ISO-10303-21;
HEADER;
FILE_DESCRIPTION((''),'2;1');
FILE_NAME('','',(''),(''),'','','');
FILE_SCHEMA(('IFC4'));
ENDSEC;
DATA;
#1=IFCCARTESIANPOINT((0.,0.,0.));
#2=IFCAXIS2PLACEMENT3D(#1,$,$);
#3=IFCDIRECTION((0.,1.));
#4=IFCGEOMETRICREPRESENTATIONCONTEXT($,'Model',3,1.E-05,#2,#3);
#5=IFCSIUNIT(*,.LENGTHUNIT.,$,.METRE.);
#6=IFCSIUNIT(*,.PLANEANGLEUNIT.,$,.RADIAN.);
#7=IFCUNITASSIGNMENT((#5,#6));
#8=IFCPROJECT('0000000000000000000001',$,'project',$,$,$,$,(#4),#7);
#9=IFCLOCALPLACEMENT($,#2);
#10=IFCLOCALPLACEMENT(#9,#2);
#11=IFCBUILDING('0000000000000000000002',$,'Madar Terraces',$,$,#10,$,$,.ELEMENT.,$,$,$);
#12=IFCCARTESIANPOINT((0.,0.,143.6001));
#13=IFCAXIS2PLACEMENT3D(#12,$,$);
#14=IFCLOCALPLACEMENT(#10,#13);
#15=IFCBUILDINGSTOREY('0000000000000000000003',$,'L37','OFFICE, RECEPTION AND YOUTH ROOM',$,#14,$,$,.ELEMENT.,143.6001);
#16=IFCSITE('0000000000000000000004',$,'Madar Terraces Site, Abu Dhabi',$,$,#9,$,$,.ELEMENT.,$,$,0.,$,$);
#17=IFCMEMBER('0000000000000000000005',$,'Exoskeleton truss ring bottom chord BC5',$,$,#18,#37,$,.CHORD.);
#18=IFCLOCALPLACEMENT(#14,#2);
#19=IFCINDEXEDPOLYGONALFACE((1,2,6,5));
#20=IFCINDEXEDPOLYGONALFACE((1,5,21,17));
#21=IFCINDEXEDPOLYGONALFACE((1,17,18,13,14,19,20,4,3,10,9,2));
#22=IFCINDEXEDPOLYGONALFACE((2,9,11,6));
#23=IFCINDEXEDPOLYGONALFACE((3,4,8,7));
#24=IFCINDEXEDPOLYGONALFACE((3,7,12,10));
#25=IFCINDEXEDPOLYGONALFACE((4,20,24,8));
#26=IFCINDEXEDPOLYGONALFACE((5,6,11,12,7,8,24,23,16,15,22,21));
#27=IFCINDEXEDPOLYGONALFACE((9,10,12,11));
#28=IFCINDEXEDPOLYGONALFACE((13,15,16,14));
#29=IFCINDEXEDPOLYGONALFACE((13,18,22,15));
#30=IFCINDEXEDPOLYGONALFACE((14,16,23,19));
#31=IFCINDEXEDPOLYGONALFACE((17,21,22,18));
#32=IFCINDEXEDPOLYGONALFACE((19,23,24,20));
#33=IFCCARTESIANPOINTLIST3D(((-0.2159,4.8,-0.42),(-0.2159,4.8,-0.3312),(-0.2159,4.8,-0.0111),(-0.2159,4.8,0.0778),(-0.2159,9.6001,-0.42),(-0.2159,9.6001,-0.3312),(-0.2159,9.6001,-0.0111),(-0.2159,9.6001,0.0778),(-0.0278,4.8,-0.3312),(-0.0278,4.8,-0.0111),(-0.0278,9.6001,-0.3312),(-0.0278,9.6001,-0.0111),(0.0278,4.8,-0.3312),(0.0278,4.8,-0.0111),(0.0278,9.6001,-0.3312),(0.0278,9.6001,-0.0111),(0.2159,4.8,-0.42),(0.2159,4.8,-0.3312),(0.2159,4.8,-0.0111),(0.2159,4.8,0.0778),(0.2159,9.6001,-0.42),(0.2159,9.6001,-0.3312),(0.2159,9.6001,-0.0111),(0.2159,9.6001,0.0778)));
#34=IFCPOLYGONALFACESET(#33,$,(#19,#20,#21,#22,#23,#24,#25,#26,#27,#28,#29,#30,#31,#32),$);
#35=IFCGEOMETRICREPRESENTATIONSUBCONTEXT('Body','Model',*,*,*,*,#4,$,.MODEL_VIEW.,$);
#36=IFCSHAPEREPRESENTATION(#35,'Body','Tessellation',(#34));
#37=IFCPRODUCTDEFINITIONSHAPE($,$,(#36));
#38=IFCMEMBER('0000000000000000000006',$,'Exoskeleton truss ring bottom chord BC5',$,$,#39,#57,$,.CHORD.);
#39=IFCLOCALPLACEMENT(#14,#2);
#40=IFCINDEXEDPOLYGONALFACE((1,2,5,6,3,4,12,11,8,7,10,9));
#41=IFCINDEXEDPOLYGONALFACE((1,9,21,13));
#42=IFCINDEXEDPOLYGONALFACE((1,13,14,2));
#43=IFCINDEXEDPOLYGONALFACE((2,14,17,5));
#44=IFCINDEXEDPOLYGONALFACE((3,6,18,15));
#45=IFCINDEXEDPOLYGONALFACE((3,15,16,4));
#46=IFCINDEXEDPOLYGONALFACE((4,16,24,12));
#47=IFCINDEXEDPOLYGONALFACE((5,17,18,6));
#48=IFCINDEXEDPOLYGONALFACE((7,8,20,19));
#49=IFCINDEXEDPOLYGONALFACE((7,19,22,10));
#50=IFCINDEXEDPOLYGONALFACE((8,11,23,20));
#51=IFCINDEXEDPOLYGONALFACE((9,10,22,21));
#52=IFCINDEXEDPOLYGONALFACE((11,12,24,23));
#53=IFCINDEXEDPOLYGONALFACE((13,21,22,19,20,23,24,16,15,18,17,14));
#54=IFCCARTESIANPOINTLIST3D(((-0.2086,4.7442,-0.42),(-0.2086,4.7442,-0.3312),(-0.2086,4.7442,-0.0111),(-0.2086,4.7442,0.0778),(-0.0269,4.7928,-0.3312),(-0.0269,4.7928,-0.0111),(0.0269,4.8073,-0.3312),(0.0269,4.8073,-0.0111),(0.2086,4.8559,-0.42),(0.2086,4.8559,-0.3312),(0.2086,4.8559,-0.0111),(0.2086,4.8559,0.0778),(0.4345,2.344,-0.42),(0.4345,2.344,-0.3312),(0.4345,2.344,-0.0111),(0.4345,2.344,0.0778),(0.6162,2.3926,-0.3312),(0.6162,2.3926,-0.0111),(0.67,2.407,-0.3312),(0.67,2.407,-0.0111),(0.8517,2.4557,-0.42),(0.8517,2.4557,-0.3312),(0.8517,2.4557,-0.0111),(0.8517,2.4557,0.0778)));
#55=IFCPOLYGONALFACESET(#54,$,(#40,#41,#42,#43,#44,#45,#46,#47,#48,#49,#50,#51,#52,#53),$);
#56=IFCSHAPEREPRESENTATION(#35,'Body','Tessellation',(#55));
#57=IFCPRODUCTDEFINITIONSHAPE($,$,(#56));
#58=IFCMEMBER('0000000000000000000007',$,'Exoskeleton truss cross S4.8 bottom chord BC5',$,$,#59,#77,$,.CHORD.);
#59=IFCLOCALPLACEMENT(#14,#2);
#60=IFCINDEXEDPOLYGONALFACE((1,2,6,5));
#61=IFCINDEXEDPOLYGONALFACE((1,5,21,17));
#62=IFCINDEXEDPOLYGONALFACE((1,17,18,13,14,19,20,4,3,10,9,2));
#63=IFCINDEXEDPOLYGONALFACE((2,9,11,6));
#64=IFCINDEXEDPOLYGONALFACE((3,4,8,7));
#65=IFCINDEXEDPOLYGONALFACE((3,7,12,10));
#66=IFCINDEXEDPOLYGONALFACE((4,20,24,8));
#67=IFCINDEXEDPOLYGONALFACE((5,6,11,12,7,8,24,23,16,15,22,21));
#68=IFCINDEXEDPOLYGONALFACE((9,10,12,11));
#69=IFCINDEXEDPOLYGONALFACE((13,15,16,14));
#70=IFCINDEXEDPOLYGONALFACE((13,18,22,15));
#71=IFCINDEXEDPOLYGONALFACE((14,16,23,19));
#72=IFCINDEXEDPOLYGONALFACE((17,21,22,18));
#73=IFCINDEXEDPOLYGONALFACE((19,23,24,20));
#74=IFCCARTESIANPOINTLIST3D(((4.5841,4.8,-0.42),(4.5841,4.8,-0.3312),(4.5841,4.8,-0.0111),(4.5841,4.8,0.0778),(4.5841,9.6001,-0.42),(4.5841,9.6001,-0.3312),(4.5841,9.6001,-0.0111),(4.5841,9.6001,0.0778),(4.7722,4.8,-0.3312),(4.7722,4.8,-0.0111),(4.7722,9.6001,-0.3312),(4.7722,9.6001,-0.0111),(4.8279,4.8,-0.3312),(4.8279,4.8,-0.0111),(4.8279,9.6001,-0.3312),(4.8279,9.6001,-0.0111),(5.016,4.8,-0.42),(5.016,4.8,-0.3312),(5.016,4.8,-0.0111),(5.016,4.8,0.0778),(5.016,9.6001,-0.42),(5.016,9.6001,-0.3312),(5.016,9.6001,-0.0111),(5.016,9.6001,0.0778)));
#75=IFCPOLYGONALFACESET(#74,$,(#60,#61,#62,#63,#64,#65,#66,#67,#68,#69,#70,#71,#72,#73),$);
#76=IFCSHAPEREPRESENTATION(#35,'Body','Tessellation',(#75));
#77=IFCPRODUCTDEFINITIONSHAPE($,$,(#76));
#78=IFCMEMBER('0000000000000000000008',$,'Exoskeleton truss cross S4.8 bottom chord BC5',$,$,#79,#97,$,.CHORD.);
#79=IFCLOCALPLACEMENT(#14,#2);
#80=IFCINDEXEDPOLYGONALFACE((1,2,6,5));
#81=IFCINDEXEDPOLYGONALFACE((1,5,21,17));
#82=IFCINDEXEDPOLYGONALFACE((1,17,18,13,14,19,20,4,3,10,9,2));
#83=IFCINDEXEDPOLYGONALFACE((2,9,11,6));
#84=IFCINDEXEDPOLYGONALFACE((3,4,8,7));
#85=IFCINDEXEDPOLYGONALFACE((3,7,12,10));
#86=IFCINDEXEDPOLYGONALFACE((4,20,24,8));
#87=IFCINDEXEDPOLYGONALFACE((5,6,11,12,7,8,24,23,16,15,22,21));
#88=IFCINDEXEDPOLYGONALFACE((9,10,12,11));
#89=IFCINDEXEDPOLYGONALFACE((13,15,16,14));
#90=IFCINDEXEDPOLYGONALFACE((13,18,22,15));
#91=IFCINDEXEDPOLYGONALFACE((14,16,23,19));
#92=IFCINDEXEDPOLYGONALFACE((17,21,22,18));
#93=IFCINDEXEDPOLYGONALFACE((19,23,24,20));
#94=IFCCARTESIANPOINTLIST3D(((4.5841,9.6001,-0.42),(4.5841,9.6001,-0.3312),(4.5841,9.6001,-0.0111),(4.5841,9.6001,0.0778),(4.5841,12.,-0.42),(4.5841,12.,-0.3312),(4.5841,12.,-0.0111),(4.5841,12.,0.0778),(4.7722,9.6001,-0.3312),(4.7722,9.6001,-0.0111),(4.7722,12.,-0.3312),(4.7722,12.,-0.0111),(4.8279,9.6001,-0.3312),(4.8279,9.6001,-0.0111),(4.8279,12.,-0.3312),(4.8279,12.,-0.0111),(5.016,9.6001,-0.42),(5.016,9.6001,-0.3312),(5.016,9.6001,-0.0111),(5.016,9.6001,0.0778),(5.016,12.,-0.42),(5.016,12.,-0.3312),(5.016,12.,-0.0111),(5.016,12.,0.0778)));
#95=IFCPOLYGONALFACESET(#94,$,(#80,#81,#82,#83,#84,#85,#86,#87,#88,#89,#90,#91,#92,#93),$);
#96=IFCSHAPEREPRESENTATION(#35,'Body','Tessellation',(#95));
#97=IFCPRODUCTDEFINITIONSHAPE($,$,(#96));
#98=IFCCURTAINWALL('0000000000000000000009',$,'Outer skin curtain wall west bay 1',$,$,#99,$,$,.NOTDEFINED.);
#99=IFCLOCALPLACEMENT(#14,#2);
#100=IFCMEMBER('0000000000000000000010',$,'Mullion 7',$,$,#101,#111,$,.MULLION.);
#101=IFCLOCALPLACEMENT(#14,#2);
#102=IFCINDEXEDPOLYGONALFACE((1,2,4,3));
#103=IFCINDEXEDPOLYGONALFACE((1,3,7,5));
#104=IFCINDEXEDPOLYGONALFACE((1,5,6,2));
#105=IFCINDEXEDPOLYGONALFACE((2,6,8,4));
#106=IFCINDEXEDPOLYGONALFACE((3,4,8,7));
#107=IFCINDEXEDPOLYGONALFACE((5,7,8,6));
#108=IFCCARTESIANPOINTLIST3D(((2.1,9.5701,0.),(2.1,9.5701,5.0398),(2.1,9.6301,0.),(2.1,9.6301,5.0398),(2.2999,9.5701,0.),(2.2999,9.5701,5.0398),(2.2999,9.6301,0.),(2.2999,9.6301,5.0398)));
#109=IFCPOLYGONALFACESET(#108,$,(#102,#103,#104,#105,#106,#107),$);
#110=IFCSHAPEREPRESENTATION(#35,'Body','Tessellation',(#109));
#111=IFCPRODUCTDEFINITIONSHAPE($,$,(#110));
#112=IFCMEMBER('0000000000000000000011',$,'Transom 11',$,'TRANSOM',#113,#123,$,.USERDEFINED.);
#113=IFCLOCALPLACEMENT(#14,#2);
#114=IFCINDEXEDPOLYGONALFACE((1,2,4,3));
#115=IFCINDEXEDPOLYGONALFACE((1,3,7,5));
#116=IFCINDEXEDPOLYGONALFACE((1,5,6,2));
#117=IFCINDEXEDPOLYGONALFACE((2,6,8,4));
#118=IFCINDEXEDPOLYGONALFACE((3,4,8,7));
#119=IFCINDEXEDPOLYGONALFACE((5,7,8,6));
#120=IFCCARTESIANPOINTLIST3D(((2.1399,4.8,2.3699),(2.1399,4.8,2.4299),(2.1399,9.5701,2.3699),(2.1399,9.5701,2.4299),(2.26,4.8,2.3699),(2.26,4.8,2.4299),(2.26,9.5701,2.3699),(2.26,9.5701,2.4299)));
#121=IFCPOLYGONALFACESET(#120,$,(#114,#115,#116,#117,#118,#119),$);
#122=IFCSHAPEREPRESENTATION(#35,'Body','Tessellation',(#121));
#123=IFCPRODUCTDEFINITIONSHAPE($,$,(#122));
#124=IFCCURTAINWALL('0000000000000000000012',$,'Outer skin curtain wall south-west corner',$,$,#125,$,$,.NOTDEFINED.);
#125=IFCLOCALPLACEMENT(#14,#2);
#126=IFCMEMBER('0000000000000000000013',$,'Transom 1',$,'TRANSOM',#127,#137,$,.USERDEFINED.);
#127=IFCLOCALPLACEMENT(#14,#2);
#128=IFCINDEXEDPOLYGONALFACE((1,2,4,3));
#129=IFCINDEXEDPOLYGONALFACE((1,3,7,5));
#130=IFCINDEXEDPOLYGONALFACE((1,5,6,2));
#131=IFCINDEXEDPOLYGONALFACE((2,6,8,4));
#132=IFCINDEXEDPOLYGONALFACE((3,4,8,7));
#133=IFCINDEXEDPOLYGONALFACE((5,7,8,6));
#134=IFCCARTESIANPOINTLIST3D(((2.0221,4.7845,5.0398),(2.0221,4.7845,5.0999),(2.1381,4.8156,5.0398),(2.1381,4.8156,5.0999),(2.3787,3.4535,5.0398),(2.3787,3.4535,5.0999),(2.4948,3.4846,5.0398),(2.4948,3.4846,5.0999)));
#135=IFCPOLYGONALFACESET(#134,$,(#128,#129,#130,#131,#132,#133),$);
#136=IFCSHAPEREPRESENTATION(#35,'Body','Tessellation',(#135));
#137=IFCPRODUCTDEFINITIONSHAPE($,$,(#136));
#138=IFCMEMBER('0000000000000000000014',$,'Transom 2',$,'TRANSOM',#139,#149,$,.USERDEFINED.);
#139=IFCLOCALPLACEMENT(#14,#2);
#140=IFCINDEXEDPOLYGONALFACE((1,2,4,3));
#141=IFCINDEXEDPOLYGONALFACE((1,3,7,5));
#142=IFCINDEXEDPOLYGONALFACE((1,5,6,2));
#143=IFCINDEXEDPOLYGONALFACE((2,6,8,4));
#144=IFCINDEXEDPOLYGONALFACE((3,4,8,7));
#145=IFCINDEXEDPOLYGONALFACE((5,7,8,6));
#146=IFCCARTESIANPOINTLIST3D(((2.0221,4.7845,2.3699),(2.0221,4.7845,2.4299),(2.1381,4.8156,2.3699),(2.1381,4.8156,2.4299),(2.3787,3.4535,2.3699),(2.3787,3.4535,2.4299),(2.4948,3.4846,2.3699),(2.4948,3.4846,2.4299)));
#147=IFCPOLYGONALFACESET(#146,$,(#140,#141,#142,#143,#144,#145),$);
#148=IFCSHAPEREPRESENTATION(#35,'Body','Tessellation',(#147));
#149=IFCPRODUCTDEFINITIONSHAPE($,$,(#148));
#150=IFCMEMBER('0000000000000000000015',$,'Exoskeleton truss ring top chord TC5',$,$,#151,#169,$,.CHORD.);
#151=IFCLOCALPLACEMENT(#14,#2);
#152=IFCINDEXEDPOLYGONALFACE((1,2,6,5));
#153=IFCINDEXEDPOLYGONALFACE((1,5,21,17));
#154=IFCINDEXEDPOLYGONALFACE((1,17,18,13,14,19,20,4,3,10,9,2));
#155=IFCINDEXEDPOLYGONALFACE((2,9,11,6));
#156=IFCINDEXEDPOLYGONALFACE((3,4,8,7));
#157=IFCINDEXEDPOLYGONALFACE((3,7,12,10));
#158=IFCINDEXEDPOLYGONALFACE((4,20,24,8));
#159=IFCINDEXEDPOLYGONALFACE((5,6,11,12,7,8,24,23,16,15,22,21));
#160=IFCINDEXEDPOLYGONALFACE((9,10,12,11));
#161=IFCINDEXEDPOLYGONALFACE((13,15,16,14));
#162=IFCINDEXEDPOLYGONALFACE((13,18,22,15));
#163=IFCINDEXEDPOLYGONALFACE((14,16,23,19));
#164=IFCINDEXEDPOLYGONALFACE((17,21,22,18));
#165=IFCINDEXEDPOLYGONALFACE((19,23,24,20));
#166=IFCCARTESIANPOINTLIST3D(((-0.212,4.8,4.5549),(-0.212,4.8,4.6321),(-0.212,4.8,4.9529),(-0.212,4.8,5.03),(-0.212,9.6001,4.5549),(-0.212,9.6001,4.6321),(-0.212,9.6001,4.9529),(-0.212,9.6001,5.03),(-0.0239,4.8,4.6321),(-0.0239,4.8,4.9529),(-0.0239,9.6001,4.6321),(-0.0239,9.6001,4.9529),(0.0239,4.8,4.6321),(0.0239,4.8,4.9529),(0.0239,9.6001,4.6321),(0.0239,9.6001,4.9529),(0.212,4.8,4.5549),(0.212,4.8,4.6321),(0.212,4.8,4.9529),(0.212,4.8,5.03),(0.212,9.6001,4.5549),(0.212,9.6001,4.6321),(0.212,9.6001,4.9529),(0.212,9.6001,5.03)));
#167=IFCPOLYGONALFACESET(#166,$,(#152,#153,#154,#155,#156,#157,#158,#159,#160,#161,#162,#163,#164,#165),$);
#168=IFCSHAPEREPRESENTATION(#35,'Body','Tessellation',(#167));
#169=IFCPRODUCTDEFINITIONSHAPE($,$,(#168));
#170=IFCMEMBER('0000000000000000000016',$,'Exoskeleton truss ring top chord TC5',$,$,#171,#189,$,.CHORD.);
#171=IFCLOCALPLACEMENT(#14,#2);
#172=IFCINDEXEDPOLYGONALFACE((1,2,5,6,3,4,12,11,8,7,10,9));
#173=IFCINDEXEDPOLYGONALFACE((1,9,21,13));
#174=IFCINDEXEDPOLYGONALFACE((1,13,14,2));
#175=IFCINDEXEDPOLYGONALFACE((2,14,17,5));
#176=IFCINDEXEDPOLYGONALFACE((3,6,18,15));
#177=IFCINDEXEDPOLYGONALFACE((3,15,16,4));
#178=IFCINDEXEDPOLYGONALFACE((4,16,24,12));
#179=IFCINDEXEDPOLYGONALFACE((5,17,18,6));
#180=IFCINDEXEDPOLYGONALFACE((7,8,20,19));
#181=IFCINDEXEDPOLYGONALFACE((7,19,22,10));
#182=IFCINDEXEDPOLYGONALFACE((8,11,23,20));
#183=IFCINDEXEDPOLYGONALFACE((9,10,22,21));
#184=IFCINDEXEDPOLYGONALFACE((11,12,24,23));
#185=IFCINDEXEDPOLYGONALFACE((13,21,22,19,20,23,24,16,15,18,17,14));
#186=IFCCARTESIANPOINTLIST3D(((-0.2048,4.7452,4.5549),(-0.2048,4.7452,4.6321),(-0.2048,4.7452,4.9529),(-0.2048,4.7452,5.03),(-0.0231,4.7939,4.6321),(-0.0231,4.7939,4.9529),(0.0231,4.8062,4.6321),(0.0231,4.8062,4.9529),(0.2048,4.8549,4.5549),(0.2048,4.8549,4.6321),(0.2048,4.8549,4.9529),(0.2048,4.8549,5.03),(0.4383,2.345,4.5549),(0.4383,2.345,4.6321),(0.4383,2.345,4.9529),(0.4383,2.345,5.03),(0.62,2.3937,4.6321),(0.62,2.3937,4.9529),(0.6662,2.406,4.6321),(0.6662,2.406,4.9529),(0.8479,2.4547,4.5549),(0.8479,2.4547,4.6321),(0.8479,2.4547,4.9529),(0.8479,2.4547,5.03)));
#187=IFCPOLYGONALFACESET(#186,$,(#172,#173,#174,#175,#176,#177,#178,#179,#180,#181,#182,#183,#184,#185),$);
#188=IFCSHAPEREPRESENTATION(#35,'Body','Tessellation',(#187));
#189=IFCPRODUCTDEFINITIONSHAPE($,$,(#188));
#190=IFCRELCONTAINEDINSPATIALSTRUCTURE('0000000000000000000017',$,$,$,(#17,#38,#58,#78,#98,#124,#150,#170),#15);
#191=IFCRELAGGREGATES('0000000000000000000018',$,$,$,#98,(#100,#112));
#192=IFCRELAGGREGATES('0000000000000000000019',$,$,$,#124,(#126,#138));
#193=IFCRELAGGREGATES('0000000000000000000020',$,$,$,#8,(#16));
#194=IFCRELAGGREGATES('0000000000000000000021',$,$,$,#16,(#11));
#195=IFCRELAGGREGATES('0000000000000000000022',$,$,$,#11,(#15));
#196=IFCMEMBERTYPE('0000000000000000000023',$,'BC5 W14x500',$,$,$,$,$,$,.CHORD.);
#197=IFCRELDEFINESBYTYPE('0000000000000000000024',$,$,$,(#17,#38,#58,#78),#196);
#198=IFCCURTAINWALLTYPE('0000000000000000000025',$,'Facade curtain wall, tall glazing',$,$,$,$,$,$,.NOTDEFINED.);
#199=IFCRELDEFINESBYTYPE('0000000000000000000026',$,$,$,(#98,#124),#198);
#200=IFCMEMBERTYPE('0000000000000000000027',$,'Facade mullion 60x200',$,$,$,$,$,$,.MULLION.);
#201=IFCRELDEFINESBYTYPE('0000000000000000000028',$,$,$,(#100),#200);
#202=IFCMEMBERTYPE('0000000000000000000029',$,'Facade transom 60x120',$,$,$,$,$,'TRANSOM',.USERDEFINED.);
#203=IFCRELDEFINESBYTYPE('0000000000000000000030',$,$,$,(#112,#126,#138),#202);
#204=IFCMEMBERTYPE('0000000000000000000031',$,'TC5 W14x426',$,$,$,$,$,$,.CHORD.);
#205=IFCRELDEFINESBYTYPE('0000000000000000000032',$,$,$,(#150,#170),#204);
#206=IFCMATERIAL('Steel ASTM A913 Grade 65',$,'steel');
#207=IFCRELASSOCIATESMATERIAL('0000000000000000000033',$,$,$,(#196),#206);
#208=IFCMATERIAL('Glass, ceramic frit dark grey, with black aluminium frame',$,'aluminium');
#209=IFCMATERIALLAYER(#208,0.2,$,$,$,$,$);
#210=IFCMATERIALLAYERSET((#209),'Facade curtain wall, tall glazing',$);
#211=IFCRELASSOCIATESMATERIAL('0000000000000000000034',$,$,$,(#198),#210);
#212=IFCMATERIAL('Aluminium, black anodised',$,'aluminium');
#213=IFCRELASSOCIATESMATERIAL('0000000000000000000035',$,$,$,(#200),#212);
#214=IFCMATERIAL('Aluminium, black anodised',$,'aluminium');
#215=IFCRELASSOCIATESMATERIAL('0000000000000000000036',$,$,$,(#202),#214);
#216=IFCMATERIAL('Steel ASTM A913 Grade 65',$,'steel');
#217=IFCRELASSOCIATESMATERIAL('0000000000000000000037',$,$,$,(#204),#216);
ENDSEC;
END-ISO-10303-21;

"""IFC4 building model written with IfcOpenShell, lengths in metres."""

from ifc_helpers import new_model, si_unit, direction, frame, origin, origin_2d, place, context, subcontext, project, spatial, rectangle, i_section, extrude, material, layer, layer_set, material_profile, profile_set, type_object, element, aggregate, save


model = new_model("IFC4")

# Units and contexts
model_context = context("Model", 3, precision=1e-05, world=origin(), true_north=direction((0.0, 1.0)))
body_context = subcontext(model_context, "Body", "Model", "MODEL_VIEW")
ifc_project = project(units=[si_unit("LENGTHUNIT", "METRE"), si_unit("PLANEANGLEUNIT", "RADIAN")], contexts=[model_context])

# Site, building, storey
site_placement = place(None, origin())
site = spatial("IfcSite", under=ifc_project, at=site_placement, Name="Madar Terraces Site, Abu Dhabi", CompositionType="ELEMENT", RefElevation=0.0)
building_placement = place(site_placement, origin())
building = spatial("IfcBuilding", under=site, at=building_placement, Name="Madar Terraces", CompositionType="ELEMENT")
storey_placement = place(building_placement, frame((0.0, 0.0, 143.6001)))
storey = spatial("IfcBuildingStorey", under=building, at=storey_placement, Name="L37", Description="OFFICE, RECEPTION AND YOUTH ROOM", CompositionType="ELEMENT", Elevation=143.6001)

# Members
ifc_material_1 = material(Name="Steel ASTM A913 Grade 65", Category="steel")
ifc_material_profile_1 = material_profile(ifc_material_1, i_section(OverallWidth=0.4319, OverallDepth=0.4978, WebThickness=0.0557, FlangeThickness=0.0889, at=origin_2d()), Name="W14x500")
ifc_profile_set_1 = profile_set([ifc_material_profile_1], Name="Steel ASTM A913 Grade 65")
member_type_1 = type_object("IfcMemberType", Name="BC5 W14x500", PredefinedType="CHORD", material=ifc_profile_set_1)
member_1_placement = place(storey_placement, frame((0.0, 9.6001, -0.1711), z_axis=(0.0, -1.0, 0.0), x_axis=(1.0, 0.0, 0.0)))
element("IfcMember", 1, at=member_1_placement, inside=storey, type_object=member_type_1, Name="Exoskeleton truss ring bottom chord BC5", PredefinedType="CHORD", context=body_context, shape_type="SweptSolid", body=[
    extrude(i_section(OverallWidth=0.4319, OverallDepth=0.4978, WebThickness=0.0557, FlangeThickness=0.0889, at=origin_2d()), origin(), (0.0, 0.0, 1.0), 4.8),
])
member_2_placement = place(storey_placement, frame((0.0, 4.8, -0.1711), z_axis=(0.2588, -0.965931, 0.0), x_axis=(0.965931, 0.2588, 0.0)))
element("IfcMember", 2, at=member_2_placement, inside=storey, type_object=member_type_1, Name="Exoskeleton truss ring bottom chord BC5", PredefinedType="CHORD", context=body_context, shape_type="SweptSolid", body=[
    extrude(i_section(OverallWidth=0.4319, OverallDepth=0.4978, WebThickness=0.0557, FlangeThickness=0.0889, at=origin_2d()), origin(), (0.0, 0.0, 1.0), 2.4849),
])
member_3_placement = place(storey_placement, frame((4.8, 4.8, -0.1711), z_axis=(0.0, 1.0, 0.0), x_axis=(-1.0, 0.0, 0.0)))
element("IfcMember", 3, at=member_3_placement, inside=storey, type_object=member_type_1, Name="Exoskeleton truss cross S4.8 bottom chord BC5", PredefinedType="CHORD", context=body_context, shape_type="SweptSolid", body=[
    extrude(i_section(OverallWidth=0.4319, OverallDepth=0.4978, WebThickness=0.0557, FlangeThickness=0.0889, at=origin_2d()), origin(), (0.0, 0.0, 1.0), 4.8),
])
member_4_placement = place(storey_placement, frame((4.8, 9.6001, -0.1711), z_axis=(0.0, 1.0, 0.0), x_axis=(-1.0, 0.0, 0.0)))
element("IfcMember", 4, at=member_4_placement, inside=storey, type_object=member_type_1, Name="Exoskeleton truss cross S4.8 bottom chord BC5", PredefinedType="CHORD", context=body_context, shape_type="SweptSolid", body=[
    extrude(i_section(OverallWidth=0.4319, OverallDepth=0.4978, WebThickness=0.0557, FlangeThickness=0.0889, at=origin_2d()), origin(), (0.0, 0.0, 1.0), 2.3999),
])

# Curtain walls, members
ifc_material_2 = material(Name="Glass, ceramic frit dark grey, with black aluminium frame", Category="aluminium")
ifc_layer_1 = layer(ifc_material_2, 0.2)
ifc_layer_set_1 = layer_set([ifc_layer_1], Name="Facade curtain wall, tall glazing")
curtain_wall_type = type_object("IfcCurtainWallType", Name="Facade curtain wall, tall glazing", PredefinedType="NOTDEFINED", material=ifc_layer_set_1)
curtain_wall_1_placement = place(storey_placement, origin())
curtain_wall_1 = element("IfcCurtainWall", 5, at=curtain_wall_1_placement, inside=storey, type_object=curtain_wall_type, Name="Outer skin curtain wall west bay 1", PredefinedType="NOTDEFINED")
ifc_material_3 = material(Name="Aluminium, black anodised", Category="aluminium")
ifc_material_profile_2 = material_profile(ifc_material_3, rectangle(XDim=0.2, YDim=0.0601, at=origin_2d()), Name="Facade mullion 60x200")
ifc_profile_set_2 = profile_set([ifc_material_profile_2], Name="Aluminium, black anodised")
member_type_2 = type_object("IfcMemberType", Name="Facade mullion 60x200", PredefinedType="MULLION", material=ifc_profile_set_2)
member_5_placement = place(storey_placement, frame((2.2, 9.6001, 0.0), z_axis=(0.0, 0.0, 1.0), x_axis=(1.0, 0.0, 0.0)))
member_5 = element("IfcMember", 6, at=member_5_placement, type_object=member_type_2, Name="Mullion 7", PredefinedType="MULLION", context=body_context, shape_type="SweptSolid", body=[
    extrude(rectangle(XDim=0.2, YDim=0.0601, at=origin_2d()), origin(), (0.0, 0.0, 1.0), 5.0398),
])
ifc_material_4 = material(Name="Aluminium, black anodised", Category="aluminium")
ifc_material_profile_3 = material_profile(ifc_material_4, rectangle(XDim=0.1201, YDim=0.0601, at=origin_2d()), Name="Facade transom 60x120")
ifc_profile_set_3 = profile_set([ifc_material_profile_3], Name="Aluminium, black anodised")
member_type_3 = type_object("IfcMemberType", Name="Facade transom 60x120", ElementType="TRANSOM", PredefinedType="USERDEFINED", material=ifc_profile_set_3)
member_6_placement = place(storey_placement, frame((2.2, 9.5701, 2.3999), z_axis=(0.0, -1.0, 0.0), x_axis=(1.0, 0.0, 0.0)))
member_6 = element("IfcMember", 7, at=member_6_placement, type_object=member_type_3, Name="Transom 11", ObjectType="TRANSOM", PredefinedType="USERDEFINED", context=body_context, shape_type="SweptSolid", body=[
    extrude(rectangle(XDim=0.1201, YDim=0.0601, at=origin_2d()), origin(), (0.0, 0.0, 1.0), 4.77),
])
curtain_wall_2_placement = place(storey_placement, origin())
curtain_wall_2 = element("IfcCurtainWall", 8, at=curtain_wall_2_placement, inside=storey, type_object=curtain_wall_type, Name="Outer skin curtain wall south-west corner", PredefinedType="NOTDEFINED")
member_7_placement = place(storey_placement, frame((2.0801, 4.8, 5.0698), z_axis=(0.258842, -0.96592, 0.0), x_axis=(0.96592, 0.258842, 0.0)))
member_7 = element("IfcMember", 9, at=member_7_placement, type_object=member_type_3, Name="Transom 1", ObjectType="TRANSOM", PredefinedType="USERDEFINED", context=body_context, shape_type="SweptSolid", body=[
    extrude(rectangle(XDim=0.1201, YDim=0.0601, at=origin_2d()), origin(), (0.0, 0.0, 1.0), 1.3779),
])
member_8_placement = place(storey_placement, frame((2.0801, 4.8, 2.3999), z_axis=(0.258842, -0.96592, 0.0), x_axis=(0.96592, 0.258842, 0.0)))
member_8 = element("IfcMember", 10, at=member_8_placement, type_object=member_type_3, Name="Transom 2", ObjectType="TRANSOM", PredefinedType="USERDEFINED", context=body_context, shape_type="SweptSolid", body=[
    extrude(rectangle(XDim=0.1201, YDim=0.0601, at=origin_2d()), origin(), (0.0, 0.0, 1.0), 1.3779),
])

# Members
ifc_material_5 = material(Name="Steel ASTM A913 Grade 65", Category="steel")
ifc_material_profile_4 = material_profile(ifc_material_5, i_section(OverallWidth=0.4241, OverallDepth=0.4751, WebThickness=0.0479, FlangeThickness=0.0771, at=origin_2d()), Name="W14x426")
ifc_profile_set_4 = profile_set([ifc_material_profile_4], Name="Steel ASTM A913 Grade 65")
member_type_4 = type_object("IfcMemberType", Name="TC5 W14x426", PredefinedType="CHORD", material=ifc_profile_set_4)
member_9_placement = place(storey_placement, frame((0.0, 9.6001, 4.7925), z_axis=(0.0, -1.0, 0.0), x_axis=(1.0, 0.0, 0.0)))
element("IfcMember", 11, at=member_9_placement, inside=storey, type_object=member_type_4, Name="Exoskeleton truss ring top chord TC5", PredefinedType="CHORD", context=body_context, shape_type="SweptSolid", body=[
    extrude(i_section(OverallWidth=0.4241, OverallDepth=0.4751, WebThickness=0.0479, FlangeThickness=0.0771, at=origin_2d()), origin(), (0.0, 0.0, 1.0), 4.8),
])
member_10_placement = place(storey_placement, frame((0.0, 4.8, 4.7925), z_axis=(0.2588, -0.965931, 0.0), x_axis=(0.965931, 0.2588, 0.0)))
element("IfcMember", 12, at=member_10_placement, inside=storey, type_object=member_type_4, Name="Exoskeleton truss ring top chord TC5", PredefinedType="CHORD", context=body_context, shape_type="SweptSolid", body=[
    extrude(i_section(OverallWidth=0.4241, OverallDepth=0.4751, WebThickness=0.0479, FlangeThickness=0.0771, at=origin_2d()), origin(), (0.0, 0.0, 1.0), 2.4849),
])

aggregate(curtain_wall_1, [member_5, member_6])
aggregate(curtain_wall_2, [member_7, member_8])

save(model, "model.ifc")
